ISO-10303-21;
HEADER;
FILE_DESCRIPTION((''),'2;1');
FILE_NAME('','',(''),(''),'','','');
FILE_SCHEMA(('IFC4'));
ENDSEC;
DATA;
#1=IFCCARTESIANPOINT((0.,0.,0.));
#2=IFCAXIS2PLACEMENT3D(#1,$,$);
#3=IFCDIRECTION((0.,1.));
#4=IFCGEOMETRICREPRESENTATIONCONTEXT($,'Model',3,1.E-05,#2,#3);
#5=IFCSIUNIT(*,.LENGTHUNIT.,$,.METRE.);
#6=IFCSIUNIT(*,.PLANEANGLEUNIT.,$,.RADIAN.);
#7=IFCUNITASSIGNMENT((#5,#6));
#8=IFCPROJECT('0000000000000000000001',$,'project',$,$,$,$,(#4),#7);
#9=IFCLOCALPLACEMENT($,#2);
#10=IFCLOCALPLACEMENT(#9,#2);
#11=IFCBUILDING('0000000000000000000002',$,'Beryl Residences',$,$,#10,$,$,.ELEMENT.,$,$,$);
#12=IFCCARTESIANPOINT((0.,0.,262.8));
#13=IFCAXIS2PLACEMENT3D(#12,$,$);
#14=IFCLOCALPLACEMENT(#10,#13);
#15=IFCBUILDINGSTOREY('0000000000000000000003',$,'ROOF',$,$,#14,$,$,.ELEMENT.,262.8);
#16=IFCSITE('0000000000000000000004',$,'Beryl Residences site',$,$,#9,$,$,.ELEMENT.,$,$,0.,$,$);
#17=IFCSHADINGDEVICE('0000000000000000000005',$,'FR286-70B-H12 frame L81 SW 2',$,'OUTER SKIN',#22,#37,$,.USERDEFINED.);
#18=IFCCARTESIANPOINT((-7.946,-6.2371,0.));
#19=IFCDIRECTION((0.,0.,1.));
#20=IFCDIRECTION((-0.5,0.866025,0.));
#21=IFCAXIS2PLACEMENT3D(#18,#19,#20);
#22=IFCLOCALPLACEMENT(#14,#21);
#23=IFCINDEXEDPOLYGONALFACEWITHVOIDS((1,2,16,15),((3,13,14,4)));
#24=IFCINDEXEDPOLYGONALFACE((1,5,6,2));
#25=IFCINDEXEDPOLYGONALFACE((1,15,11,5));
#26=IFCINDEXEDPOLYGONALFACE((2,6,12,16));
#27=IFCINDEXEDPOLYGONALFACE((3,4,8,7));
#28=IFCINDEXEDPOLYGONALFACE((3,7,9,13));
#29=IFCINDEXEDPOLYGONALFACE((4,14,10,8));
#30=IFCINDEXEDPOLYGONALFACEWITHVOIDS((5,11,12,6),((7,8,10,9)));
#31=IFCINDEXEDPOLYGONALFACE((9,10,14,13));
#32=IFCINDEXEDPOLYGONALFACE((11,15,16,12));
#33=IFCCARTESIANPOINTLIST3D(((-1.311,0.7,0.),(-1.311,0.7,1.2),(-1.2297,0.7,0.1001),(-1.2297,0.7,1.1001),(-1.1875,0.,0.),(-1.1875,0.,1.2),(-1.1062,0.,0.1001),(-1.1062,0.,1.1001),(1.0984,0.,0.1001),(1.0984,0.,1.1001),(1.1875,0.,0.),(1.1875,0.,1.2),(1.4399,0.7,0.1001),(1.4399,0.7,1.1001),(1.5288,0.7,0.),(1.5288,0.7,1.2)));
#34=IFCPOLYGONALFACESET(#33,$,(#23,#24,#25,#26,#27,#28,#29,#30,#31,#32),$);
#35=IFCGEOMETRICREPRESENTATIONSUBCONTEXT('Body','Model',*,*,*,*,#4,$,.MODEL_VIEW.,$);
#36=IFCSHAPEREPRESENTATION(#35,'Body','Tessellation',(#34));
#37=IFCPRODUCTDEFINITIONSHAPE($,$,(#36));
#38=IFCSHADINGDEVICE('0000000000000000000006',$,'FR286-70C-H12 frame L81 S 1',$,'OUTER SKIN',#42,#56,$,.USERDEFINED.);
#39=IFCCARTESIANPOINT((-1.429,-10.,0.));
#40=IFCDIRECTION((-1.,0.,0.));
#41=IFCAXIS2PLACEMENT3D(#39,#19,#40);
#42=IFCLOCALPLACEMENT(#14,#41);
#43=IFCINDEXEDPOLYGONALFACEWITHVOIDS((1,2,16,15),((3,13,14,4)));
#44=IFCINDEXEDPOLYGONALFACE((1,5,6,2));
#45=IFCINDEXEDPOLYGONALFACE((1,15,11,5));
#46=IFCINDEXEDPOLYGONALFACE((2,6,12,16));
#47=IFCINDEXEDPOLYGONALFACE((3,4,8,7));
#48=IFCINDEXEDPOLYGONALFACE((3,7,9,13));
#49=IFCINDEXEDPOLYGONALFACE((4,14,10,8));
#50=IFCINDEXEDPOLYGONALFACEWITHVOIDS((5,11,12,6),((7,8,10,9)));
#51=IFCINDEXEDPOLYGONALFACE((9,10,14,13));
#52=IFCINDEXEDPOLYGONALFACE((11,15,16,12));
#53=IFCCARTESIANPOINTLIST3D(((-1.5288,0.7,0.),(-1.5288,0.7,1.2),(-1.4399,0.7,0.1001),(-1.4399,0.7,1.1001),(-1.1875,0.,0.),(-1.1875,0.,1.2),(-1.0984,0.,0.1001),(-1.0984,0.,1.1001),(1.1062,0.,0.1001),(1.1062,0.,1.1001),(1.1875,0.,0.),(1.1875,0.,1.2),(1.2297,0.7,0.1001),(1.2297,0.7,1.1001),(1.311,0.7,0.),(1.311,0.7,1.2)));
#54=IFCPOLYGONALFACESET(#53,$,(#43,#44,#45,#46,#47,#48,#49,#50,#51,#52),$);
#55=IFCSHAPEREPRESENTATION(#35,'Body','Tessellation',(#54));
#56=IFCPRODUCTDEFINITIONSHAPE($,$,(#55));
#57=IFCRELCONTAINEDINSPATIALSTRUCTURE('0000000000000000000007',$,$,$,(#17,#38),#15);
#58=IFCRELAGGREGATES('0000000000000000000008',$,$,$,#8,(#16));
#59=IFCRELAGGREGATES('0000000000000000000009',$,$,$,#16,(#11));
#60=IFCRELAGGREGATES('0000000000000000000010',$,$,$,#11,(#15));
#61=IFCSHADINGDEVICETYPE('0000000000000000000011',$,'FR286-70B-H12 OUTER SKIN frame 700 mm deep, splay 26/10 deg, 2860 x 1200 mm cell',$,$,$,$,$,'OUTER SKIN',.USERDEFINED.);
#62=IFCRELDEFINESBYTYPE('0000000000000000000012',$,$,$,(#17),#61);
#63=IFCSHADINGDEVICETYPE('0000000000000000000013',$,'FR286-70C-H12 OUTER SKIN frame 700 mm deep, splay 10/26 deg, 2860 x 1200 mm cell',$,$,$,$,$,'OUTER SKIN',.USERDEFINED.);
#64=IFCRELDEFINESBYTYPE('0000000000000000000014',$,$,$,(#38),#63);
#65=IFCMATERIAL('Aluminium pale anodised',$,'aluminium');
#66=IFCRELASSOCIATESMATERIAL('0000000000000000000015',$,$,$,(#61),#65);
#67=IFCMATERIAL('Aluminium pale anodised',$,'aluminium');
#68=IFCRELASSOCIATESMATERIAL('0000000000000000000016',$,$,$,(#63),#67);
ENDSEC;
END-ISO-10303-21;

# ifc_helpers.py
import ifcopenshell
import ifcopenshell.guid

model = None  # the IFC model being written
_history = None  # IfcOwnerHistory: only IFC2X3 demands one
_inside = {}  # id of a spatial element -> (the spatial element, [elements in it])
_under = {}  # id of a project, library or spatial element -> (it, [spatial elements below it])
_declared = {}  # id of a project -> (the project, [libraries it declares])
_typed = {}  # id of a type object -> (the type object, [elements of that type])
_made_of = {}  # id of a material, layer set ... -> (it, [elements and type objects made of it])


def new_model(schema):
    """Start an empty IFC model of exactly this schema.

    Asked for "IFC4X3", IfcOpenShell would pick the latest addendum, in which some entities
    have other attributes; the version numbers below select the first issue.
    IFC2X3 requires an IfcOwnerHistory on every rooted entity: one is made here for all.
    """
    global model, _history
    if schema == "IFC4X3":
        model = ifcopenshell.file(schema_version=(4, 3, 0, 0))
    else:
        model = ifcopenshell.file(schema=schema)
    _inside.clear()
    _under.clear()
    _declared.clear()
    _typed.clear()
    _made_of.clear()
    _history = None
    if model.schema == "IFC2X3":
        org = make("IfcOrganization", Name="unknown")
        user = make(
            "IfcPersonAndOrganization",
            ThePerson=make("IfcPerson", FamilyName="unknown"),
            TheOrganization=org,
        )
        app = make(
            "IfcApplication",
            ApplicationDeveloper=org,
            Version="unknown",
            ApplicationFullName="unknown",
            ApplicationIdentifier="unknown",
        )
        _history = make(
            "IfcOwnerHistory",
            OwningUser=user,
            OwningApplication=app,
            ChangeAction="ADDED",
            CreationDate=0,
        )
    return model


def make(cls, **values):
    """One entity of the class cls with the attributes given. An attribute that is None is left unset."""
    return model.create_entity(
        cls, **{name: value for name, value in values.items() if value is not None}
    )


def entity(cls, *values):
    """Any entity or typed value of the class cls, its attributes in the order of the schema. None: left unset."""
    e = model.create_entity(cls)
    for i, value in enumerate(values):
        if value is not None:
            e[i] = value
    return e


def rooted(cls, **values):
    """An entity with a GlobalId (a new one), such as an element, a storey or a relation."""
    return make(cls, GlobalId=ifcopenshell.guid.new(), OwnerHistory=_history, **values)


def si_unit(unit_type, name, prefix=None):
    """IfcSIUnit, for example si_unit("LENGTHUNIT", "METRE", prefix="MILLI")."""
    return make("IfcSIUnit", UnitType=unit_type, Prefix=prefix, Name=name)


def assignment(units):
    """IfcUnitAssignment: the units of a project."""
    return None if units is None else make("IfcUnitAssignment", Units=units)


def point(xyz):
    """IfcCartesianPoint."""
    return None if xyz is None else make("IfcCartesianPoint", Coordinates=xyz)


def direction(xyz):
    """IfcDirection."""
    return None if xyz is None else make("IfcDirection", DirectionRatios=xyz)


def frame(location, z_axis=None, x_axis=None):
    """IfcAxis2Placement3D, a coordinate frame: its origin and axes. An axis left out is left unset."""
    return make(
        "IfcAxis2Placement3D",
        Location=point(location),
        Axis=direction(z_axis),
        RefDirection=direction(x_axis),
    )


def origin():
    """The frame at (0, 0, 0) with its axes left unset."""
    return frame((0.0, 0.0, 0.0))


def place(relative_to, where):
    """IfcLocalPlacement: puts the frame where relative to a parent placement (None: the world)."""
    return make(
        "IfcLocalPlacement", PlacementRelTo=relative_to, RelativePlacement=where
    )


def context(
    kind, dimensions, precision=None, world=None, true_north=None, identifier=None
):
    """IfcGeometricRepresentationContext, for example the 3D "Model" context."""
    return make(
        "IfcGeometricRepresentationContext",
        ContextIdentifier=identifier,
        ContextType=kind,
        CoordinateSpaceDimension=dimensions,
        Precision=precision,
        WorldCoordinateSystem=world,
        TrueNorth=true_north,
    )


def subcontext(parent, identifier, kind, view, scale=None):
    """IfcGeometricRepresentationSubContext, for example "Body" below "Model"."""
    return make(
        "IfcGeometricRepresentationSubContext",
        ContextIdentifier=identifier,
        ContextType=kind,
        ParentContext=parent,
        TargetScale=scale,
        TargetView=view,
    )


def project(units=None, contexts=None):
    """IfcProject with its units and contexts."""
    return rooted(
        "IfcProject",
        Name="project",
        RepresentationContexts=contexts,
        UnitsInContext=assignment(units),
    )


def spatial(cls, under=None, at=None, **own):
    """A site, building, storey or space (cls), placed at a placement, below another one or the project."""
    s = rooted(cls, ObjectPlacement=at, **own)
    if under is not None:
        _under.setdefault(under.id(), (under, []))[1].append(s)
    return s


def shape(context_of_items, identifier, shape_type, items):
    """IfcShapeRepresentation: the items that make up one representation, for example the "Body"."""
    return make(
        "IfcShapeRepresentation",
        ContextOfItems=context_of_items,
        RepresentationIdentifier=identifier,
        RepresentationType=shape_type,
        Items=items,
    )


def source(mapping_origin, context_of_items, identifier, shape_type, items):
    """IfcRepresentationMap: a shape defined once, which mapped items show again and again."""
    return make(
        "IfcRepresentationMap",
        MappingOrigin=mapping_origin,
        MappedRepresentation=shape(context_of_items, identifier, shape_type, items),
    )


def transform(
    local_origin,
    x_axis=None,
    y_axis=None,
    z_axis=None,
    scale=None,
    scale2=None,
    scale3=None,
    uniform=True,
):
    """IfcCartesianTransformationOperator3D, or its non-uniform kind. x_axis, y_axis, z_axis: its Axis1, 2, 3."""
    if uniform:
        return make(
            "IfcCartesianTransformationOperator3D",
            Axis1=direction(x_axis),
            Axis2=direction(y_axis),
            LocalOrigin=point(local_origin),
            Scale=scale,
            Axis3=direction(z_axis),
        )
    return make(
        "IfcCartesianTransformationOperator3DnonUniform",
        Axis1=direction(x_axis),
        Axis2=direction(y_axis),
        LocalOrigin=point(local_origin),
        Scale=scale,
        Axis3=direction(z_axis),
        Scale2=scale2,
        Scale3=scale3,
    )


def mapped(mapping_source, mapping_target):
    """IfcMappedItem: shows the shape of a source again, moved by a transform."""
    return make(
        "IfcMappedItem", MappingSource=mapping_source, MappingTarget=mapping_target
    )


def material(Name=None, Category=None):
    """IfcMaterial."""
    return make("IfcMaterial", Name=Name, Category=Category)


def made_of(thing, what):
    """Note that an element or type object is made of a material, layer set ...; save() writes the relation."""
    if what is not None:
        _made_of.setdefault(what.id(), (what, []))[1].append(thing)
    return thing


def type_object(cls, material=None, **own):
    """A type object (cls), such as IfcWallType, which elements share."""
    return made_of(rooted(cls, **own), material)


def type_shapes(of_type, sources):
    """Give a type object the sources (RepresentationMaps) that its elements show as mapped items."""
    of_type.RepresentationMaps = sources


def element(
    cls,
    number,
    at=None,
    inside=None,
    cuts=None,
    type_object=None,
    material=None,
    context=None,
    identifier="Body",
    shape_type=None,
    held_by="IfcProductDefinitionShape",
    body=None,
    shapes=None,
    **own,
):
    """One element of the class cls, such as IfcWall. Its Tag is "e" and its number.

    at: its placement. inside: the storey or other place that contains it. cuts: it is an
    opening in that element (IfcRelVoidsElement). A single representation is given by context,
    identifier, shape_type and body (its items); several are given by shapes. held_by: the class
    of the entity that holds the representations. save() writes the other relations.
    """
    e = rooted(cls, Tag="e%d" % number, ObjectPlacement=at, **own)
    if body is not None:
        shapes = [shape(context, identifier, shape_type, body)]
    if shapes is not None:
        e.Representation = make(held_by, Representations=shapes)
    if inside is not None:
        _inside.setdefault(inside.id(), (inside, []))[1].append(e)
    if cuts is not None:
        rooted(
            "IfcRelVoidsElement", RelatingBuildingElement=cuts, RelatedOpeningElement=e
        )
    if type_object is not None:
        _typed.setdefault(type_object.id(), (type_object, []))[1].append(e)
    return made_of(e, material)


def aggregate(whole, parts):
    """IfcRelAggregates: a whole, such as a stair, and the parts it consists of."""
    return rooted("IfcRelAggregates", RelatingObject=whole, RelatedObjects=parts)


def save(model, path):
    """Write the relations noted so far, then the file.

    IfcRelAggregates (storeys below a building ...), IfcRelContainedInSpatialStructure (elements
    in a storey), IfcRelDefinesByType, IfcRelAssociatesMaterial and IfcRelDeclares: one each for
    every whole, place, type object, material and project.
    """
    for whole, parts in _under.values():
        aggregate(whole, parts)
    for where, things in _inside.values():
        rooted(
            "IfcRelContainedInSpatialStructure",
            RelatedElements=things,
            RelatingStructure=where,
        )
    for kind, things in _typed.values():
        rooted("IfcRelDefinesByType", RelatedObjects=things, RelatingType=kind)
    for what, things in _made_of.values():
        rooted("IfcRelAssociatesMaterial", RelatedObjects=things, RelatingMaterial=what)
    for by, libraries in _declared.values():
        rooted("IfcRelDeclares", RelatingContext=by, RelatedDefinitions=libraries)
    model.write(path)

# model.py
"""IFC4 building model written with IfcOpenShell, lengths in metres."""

from ifc_helpers import new_model, entity, si_unit, direction, frame, origin, place, context, subcontext, project, spatial, source, transform, mapped, material, type_object, type_shapes, element, save


model = new_model("IFC4")

# Units and contexts
model_context = context("Model", 3, precision=1e-05, world=origin(), true_north=direction((0.0, 1.0)))
body_context = subcontext(model_context, "Body", "Model", "MODEL_VIEW")
ifc_project = project(units=[si_unit("LENGTHUNIT", "METRE"), si_unit("PLANEANGLEUNIT", "RADIAN")], contexts=[model_context])

# Site, building, storey
site_placement = place(None, origin())
site = spatial("IfcSite", under=ifc_project, at=site_placement, Name="Beryl Residences site", CompositionType="ELEMENT", RefElevation=0.0)
building_placement = place(site_placement, origin())
building = spatial("IfcBuilding", under=site, at=building_placement, Name="Beryl Residences", CompositionType="ELEMENT")
storey_placement = place(building_placement, frame((0.0, 0.0, 262.8)))
storey = spatial("IfcBuildingStorey", under=building, at=storey_placement, Name="ROOF", CompositionType="ELEMENT", Elevation=262.8)

# Shading devices
ifc_material_1 = material(Name="Aluminium pale anodised", Category="aluminium")
shading_device_type_1 = type_object("IfcShadingDeviceType", Name="FR286-70B-H12 OUTER SKIN frame 700 mm deep, splay 26/10 deg, 2860 x 1200 mm cell", ElementType="OUTER SKIN", PredefinedType="USERDEFINED", material=ifc_material_1)
cartesian_point_1 = entity("IfcCartesianPoint", [-1.1875, 0.0])
cartesian_point_2 = entity("IfcCartesianPoint", [-1.0984, 0.1001])
cartesian_point_3 = entity("IfcCartesianPoint", [-1.5288, 0.0])
cartesian_point_4 = entity("IfcCartesianPoint", [-1.4399, 0.1001])
shared_shape_1 = source(origin(), body_context, "Body", "SweptSolid", [
    entity("IfcExtrudedAreaSolidTapered", entity("IfcArbitraryProfileDefWithVoids", "AREA", None, entity("IfcPolyline", [cartesian_point_1, entity("IfcCartesianPoint", [1.1875, 0.0]), entity("IfcCartesianPoint", [1.1875, 1.2]), entity("IfcCartesianPoint", [-1.1875, 1.2]), cartesian_point_1]), [entity("IfcPolyline", [cartesian_point_2, entity("IfcCartesianPoint", [1.1062, 0.1001]), entity("IfcCartesianPoint", [1.1062, 1.1001]), entity("IfcCartesianPoint", [-1.0984, 1.1001]), cartesian_point_2])]), entity("IfcAxis2Placement3D", entity("IfcCartesianPoint", [0.0, 0.0, 0.0]), entity("IfcDirection", [0.0, 1.0, 0.0]), entity("IfcDirection", [-1.0, 0.0, 0.0])), entity("IfcDirection", [0.0, 0.0, 1.0]), 0.7, entity("IfcArbitraryProfileDefWithVoids", "AREA", None, entity("IfcPolyline", [cartesian_point_3, entity("IfcCartesianPoint", [1.311, 0.0]), entity("IfcCartesianPoint", [1.311, 1.2]), entity("IfcCartesianPoint", [-1.5288, 1.2]), cartesian_point_3]), [entity("IfcPolyline", [cartesian_point_4, entity("IfcCartesianPoint", [1.2297, 0.1001]), entity("IfcCartesianPoint", [1.2297, 1.1001]), entity("IfcCartesianPoint", [-1.4399, 1.1001]), cartesian_point_4])])),
])
type_shapes(shading_device_type_1, [shared_shape_1])
for number, where, z_axis, x_axis, name in (
    (1, (-7.946, -6.2371, 0.0), (0.0, 0.0, 1.0), (-0.5, 0.866025, 0.0), "FR286-70B-H12 frame L81 SW 2"),
):
    element("IfcShadingDevice", number, at=place(storey_placement, frame(where, z_axis=z_axis, x_axis=x_axis)), inside=storey, type_object=shading_device_type_1, Name=name, ObjectType="OUTER SKIN", PredefinedType="USERDEFINED", context=body_context, shape_type="MappedRepresentation", body=[
        mapped(shared_shape_1, transform((0.0, 0.0, 0.0))),
    ])
ifc_material_2 = material(Name="Aluminium pale anodised", Category="aluminium")
shading_device_type_2 = type_object("IfcShadingDeviceType", Name="FR286-70C-H12 OUTER SKIN frame 700 mm deep, splay 10/26 deg, 2860 x 1200 mm cell", ElementType="OUTER SKIN", PredefinedType="USERDEFINED", material=ifc_material_2)
cartesian_point_5 = entity("IfcCartesianPoint", [-1.1875, 0.0])
cartesian_point_6 = entity("IfcCartesianPoint", [-1.1062, 0.1001])
cartesian_point_7 = entity("IfcCartesianPoint", [-1.311, 0.0])
cartesian_point_8 = entity("IfcCartesianPoint", [-1.2297, 0.1001])
shared_shape_2 = source(origin(), body_context, "Body", "SweptSolid", [
    entity("IfcExtrudedAreaSolidTapered", entity("IfcArbitraryProfileDefWithVoids", "AREA", None, entity("IfcPolyline", [cartesian_point_5, entity("IfcCartesianPoint", [1.1875, 0.0]), entity("IfcCartesianPoint", [1.1875, 1.2]), entity("IfcCartesianPoint", [-1.1875, 1.2]), cartesian_point_5]), [entity("IfcPolyline", [cartesian_point_6, entity("IfcCartesianPoint", [1.0984, 0.1001]), entity("IfcCartesianPoint", [1.0984, 1.1001]), entity("IfcCartesianPoint", [-1.1062, 1.1001]), cartesian_point_6])]), entity("IfcAxis2Placement3D", entity("IfcCartesianPoint", [0.0, 0.0, 0.0]), entity("IfcDirection", [0.0, 1.0, 0.0]), entity("IfcDirection", [-1.0, 0.0, 0.0])), entity("IfcDirection", [0.0, 0.0, 1.0]), 0.7, entity("IfcArbitraryProfileDefWithVoids", "AREA", None, entity("IfcPolyline", [cartesian_point_7, entity("IfcCartesianPoint", [1.5288, 0.0]), entity("IfcCartesianPoint", [1.5288, 1.2]), entity("IfcCartesianPoint", [-1.311, 1.2]), cartesian_point_7]), [entity("IfcPolyline", [cartesian_point_8, entity("IfcCartesianPoint", [1.4399, 0.1001]), entity("IfcCartesianPoint", [1.4399, 1.1001]), entity("IfcCartesianPoint", [-1.2297, 1.1001]), cartesian_point_8])])),
])
type_shapes(shading_device_type_2, [shared_shape_2])
shading_device_placement = place(storey_placement, frame((-1.429, -10.0, 0.0), z_axis=(0.0, 0.0, 1.0), x_axis=(-1.0, 0.0, 0.0)))
element("IfcShadingDevice", 2, at=shading_device_placement, inside=storey, type_object=shading_device_type_2, Name="FR286-70C-H12 frame L81 S 1", ObjectType="OUTER SKIN", PredefinedType="USERDEFINED", context=body_context, shape_type="MappedRepresentation", body=[
    mapped(shared_shape_2, transform((0.0, 0.0, 0.0))),
])

save(model, "model.ifc")
